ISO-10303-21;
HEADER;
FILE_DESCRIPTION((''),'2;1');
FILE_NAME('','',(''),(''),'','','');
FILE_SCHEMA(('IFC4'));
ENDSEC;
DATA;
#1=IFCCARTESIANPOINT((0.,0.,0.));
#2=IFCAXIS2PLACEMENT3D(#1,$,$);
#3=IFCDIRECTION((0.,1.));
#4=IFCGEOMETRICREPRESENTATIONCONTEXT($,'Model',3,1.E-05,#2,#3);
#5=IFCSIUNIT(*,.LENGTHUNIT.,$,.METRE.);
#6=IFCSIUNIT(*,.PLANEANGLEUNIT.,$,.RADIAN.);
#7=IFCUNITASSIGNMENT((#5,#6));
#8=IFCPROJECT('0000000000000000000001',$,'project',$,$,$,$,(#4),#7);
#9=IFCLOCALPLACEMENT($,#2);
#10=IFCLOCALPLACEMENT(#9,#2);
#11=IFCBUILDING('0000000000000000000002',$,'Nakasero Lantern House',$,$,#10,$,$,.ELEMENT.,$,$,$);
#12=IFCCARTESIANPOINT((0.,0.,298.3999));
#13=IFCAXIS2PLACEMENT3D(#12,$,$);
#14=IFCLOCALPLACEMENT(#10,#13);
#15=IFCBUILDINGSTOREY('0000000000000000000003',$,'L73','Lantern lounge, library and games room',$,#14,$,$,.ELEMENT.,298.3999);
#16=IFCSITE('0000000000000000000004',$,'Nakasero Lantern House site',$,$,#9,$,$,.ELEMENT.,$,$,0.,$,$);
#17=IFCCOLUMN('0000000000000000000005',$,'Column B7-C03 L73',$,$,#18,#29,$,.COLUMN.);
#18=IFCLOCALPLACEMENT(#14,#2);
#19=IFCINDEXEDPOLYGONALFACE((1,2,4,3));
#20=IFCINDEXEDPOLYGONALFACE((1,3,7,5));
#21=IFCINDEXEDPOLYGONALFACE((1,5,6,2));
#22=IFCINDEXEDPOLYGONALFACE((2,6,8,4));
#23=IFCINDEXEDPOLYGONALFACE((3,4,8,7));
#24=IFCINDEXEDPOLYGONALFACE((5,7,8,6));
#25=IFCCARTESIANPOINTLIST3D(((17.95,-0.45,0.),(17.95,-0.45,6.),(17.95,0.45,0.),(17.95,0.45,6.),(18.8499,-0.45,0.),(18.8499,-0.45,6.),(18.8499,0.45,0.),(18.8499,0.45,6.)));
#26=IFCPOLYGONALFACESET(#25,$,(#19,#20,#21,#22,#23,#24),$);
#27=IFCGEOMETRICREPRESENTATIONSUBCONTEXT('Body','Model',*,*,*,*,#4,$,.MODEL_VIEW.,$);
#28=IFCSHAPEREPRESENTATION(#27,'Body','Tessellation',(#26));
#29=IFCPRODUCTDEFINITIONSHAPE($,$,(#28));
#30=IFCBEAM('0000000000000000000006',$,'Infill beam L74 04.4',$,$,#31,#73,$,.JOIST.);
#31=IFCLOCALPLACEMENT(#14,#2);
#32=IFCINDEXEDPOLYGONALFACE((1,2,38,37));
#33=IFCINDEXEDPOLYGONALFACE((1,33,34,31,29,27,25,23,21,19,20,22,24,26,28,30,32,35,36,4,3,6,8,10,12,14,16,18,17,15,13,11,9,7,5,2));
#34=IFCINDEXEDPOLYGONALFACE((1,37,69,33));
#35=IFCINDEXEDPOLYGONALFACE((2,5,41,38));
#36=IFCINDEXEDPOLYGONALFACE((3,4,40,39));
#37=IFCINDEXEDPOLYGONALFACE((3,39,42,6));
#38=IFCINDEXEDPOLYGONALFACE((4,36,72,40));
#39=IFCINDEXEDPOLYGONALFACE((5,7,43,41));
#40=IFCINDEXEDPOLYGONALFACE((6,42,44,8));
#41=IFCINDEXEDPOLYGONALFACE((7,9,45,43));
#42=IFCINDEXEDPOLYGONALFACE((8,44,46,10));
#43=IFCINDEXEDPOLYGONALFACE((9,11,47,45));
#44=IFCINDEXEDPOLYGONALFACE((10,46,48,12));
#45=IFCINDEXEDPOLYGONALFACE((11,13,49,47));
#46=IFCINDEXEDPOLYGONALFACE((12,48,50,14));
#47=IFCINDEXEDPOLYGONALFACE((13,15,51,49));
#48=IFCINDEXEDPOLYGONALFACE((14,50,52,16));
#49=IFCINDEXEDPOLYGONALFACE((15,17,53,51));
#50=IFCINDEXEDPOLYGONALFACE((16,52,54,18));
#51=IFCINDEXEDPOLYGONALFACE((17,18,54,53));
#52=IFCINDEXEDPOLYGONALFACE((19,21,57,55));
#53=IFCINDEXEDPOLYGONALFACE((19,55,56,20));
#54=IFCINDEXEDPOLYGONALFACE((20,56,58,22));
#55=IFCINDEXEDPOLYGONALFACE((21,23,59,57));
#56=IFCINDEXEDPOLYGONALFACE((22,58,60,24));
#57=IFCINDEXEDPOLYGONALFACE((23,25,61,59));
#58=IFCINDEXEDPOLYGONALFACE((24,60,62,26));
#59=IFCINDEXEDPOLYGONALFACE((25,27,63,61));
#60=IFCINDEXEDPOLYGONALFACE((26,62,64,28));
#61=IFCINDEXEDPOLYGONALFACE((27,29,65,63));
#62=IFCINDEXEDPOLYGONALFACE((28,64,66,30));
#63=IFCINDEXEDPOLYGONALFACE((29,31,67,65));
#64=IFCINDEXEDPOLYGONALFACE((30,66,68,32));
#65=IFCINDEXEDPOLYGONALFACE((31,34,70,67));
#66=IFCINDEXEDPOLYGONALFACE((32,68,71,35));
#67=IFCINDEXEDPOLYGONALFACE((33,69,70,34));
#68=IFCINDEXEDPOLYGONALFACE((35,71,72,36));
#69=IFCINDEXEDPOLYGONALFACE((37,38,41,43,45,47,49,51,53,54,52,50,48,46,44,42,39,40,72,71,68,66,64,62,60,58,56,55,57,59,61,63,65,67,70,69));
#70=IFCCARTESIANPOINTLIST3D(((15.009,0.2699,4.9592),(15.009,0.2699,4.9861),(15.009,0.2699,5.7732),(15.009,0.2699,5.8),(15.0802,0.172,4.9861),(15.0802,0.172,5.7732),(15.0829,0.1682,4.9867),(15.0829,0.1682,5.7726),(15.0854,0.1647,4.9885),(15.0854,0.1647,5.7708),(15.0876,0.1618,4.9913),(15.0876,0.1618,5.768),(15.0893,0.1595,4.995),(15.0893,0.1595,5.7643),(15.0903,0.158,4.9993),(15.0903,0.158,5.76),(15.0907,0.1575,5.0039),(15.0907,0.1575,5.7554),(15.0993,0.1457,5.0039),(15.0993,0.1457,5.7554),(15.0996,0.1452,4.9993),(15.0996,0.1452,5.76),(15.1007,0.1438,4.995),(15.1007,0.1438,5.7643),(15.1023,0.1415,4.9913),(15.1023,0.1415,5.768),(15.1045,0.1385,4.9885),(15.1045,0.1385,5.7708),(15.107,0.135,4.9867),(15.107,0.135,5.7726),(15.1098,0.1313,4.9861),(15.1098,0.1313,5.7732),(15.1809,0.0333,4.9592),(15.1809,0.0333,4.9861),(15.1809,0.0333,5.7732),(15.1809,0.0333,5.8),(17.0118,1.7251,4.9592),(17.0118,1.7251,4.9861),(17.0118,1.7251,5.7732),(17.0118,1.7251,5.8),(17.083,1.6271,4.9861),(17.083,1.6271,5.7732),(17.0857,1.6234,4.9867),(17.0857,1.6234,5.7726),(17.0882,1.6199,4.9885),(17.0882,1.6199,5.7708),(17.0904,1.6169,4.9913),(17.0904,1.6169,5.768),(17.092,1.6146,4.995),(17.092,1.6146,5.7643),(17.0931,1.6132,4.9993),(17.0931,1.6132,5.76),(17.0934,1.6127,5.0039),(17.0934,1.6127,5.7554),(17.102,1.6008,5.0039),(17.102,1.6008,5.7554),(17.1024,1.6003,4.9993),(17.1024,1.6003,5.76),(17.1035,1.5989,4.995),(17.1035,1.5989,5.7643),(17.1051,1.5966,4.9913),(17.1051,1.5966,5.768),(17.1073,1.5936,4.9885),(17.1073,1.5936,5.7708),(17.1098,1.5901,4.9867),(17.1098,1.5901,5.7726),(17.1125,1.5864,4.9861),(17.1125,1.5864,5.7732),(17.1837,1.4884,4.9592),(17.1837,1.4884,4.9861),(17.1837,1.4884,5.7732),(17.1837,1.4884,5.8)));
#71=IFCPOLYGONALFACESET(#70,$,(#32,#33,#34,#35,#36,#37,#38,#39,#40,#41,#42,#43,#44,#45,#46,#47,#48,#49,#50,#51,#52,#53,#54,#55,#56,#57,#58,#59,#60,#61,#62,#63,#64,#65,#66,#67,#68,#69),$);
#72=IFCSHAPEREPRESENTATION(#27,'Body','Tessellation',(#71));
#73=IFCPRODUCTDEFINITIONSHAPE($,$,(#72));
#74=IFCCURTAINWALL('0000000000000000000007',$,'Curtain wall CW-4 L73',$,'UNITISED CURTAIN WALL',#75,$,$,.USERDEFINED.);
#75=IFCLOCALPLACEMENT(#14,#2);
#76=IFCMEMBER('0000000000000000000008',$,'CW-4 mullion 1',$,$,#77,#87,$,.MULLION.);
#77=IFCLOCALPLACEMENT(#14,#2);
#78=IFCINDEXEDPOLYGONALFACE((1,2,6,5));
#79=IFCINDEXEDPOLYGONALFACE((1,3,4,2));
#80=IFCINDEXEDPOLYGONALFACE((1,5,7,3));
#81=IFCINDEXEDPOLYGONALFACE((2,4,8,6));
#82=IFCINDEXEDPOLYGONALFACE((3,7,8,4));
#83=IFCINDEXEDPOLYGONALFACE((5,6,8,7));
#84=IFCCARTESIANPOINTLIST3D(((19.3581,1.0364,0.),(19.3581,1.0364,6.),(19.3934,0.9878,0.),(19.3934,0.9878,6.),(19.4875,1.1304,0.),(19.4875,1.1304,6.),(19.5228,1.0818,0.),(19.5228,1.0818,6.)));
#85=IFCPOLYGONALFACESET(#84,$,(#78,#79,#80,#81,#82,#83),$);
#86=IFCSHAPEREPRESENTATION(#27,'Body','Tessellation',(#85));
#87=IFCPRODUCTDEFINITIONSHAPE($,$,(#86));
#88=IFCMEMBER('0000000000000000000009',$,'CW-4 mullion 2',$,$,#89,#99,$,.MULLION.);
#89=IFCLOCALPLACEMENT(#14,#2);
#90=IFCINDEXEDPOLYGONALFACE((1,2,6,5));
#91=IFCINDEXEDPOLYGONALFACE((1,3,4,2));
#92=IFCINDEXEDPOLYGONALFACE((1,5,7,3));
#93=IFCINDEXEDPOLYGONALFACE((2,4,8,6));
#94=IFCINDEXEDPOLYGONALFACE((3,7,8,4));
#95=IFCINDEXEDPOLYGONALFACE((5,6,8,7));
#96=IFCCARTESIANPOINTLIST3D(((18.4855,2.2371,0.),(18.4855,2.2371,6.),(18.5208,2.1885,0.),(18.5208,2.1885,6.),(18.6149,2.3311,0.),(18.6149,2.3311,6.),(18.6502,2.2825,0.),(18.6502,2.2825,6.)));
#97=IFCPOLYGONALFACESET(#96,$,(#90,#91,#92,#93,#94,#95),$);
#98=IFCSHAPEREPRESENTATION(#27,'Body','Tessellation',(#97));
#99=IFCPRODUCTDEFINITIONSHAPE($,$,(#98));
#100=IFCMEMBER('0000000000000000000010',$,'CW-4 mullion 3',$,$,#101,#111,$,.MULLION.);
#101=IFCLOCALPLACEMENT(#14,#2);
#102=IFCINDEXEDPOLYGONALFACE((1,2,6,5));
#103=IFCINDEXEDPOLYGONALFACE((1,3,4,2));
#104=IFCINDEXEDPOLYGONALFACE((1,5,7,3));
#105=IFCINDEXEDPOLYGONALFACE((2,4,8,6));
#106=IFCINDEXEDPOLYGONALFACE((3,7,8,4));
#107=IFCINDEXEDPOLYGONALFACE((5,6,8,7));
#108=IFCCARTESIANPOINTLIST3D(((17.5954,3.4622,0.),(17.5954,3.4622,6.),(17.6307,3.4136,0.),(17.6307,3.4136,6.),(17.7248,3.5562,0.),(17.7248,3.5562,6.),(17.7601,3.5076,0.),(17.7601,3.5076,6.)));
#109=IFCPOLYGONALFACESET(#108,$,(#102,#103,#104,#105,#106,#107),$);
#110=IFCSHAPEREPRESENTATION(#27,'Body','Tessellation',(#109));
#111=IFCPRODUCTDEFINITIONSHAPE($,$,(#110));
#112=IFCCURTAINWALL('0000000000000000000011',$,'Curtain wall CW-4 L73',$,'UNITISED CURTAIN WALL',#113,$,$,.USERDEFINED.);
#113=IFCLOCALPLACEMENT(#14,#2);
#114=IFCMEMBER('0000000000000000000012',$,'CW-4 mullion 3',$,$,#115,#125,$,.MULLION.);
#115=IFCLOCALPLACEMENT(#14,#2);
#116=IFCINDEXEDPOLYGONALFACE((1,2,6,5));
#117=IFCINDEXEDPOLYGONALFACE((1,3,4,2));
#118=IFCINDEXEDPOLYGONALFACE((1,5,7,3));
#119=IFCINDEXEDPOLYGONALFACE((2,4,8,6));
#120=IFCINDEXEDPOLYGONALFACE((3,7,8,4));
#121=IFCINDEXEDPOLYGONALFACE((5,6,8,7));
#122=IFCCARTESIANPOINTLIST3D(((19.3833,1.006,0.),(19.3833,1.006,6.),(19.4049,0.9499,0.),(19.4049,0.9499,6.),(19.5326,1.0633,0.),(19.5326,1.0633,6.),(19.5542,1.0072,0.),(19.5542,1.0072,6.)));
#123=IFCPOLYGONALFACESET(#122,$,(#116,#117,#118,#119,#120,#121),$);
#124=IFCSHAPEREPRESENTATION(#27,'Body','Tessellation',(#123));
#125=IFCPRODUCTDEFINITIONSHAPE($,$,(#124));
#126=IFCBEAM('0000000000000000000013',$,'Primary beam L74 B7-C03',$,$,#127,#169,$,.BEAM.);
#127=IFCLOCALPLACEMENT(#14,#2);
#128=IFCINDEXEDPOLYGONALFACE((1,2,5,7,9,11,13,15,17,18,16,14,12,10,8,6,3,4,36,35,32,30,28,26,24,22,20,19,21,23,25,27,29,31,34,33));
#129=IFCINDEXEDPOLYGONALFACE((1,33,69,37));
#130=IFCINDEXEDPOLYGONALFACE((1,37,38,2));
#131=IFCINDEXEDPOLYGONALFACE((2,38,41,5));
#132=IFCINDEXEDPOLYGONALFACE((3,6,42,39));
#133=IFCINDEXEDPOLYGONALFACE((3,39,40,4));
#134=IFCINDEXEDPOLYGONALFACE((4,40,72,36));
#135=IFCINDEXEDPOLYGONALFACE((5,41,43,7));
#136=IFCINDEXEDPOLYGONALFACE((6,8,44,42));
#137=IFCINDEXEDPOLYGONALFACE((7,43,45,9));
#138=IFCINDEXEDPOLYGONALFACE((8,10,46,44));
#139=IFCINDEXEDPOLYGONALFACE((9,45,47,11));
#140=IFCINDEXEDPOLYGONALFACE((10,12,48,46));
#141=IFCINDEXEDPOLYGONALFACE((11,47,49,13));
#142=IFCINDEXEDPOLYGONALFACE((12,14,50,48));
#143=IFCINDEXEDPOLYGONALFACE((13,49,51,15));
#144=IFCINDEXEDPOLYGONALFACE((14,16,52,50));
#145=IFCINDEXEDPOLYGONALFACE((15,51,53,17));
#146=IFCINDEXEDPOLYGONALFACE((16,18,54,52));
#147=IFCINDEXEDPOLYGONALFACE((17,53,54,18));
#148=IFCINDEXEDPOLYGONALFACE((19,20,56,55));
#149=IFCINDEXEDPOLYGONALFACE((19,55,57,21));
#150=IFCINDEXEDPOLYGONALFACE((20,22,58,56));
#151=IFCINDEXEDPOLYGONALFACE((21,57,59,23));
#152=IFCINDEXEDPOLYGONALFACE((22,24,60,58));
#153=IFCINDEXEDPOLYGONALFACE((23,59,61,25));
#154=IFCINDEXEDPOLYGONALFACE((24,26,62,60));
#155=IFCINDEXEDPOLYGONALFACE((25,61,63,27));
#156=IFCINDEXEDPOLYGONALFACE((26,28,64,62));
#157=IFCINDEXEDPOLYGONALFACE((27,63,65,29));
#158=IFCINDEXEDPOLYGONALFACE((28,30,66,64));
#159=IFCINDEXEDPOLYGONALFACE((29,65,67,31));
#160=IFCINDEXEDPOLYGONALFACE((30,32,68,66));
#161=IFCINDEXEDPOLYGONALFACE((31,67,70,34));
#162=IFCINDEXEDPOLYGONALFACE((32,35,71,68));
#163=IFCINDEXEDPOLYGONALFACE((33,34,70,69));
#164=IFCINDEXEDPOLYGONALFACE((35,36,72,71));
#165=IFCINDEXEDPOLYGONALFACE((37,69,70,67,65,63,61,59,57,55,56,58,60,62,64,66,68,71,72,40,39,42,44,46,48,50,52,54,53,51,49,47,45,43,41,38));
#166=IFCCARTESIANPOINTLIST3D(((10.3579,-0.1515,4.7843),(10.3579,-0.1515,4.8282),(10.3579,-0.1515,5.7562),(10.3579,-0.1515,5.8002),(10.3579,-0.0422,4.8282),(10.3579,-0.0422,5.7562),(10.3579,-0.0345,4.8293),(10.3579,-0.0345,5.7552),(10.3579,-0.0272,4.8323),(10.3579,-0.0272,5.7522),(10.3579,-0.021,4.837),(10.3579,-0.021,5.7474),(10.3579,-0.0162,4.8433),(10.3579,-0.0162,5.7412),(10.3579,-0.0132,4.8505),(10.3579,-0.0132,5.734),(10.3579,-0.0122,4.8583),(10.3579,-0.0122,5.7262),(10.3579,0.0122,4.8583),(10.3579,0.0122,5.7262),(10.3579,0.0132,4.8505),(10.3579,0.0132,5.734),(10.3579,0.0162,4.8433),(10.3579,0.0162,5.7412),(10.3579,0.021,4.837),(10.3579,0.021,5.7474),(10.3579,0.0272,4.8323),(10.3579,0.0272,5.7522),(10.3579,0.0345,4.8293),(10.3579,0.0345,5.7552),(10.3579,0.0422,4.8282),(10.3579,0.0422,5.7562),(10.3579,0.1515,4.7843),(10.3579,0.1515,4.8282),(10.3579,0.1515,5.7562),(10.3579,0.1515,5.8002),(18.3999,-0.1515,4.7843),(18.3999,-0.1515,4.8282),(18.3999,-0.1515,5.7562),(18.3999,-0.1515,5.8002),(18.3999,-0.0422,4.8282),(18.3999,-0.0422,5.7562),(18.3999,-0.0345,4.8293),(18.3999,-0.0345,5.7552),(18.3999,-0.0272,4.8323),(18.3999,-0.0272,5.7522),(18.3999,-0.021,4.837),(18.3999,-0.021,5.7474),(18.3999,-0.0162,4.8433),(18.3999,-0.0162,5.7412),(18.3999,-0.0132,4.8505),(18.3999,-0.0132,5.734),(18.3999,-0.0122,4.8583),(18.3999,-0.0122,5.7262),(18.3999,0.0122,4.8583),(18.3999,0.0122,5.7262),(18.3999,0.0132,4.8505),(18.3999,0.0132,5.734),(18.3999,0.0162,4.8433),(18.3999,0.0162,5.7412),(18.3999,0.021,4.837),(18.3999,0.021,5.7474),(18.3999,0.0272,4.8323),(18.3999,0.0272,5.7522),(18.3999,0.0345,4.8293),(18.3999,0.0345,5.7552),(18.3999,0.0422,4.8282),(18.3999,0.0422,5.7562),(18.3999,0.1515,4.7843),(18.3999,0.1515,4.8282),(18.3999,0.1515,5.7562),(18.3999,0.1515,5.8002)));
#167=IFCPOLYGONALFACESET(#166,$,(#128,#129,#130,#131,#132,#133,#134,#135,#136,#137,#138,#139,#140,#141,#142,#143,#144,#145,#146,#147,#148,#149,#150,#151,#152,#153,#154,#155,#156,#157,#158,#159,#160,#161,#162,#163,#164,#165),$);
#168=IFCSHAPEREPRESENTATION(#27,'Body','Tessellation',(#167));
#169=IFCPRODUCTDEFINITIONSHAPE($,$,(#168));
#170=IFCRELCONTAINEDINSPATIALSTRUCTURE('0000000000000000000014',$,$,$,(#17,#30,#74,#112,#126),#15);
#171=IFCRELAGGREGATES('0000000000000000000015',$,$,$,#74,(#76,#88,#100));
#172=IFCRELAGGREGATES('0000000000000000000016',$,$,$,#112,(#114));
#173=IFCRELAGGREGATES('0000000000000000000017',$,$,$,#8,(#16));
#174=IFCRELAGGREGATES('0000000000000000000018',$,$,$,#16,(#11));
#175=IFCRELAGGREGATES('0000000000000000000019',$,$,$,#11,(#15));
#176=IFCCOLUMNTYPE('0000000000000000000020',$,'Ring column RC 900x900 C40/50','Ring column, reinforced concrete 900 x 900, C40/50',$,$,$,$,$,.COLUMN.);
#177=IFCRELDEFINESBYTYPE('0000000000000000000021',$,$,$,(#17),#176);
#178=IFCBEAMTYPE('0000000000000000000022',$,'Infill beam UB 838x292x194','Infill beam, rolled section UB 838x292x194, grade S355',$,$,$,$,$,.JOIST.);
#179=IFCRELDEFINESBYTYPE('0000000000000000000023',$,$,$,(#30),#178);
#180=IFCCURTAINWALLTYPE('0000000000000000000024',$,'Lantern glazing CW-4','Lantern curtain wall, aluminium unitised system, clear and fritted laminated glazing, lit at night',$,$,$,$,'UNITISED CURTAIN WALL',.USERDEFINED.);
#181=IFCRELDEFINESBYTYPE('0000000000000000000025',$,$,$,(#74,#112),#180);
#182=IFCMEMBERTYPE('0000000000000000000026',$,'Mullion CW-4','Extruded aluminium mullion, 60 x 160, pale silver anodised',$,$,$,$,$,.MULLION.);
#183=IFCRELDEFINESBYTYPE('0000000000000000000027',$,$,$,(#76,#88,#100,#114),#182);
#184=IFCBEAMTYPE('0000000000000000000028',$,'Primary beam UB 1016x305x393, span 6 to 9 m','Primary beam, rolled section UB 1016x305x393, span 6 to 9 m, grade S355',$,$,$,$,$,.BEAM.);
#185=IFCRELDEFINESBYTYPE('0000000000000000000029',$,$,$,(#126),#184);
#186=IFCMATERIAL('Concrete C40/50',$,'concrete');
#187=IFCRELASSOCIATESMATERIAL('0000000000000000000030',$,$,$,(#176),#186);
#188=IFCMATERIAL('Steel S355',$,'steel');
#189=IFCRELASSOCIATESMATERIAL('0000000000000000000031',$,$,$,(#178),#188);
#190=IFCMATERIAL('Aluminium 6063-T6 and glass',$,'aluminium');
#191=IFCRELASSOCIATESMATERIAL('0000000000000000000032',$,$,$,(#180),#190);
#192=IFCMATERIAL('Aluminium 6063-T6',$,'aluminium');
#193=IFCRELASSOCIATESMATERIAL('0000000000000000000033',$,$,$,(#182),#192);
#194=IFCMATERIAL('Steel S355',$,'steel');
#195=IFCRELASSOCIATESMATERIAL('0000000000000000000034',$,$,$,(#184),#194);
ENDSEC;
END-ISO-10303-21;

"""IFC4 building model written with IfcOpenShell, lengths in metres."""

from ifc_helpers import new_model, si_unit, direction, frame, origin, origin_2d, place, context, subcontext, project, spatial, rectangle, i_section, extrude, material, material_profile, profile_set, type_object, element, aggregate, save


model = new_model("IFC4")

# Units and contexts
model_context = context("Model", 3, precision=1e-05, world=origin(), true_north=direction((0.0, 1.0)))
body_context = subcontext(model_context, "Body", "Model", "MODEL_VIEW")
ifc_project = project(units=[si_unit("LENGTHUNIT", "METRE"), si_unit("PLANEANGLEUNIT", "RADIAN")], contexts=[model_context])

# Site, building, storey
site_placement = place(None, origin())
site = spatial("IfcSite", under=ifc_project, at=site_placement, Name="Nakasero Lantern House site", CompositionType="ELEMENT", RefElevation=0.0)
building_placement = place(site_placement, origin())
building = spatial("IfcBuilding", under=site, at=building_placement, Name="Nakasero Lantern House", CompositionType="ELEMENT")
storey_placement = place(building_placement, frame((0.0, 0.0, 298.3999)))
storey = spatial("IfcBuildingStorey", under=building, at=storey_placement, Name="L73", Description="Lantern lounge, library and games room", CompositionType="ELEMENT", Elevation=298.3999)

# Column
ifc_material_1 = material(Name="Concrete C40/50", Category="concrete")
ifc_material_profile_1 = material_profile(ifc_material_1, rectangle(XDim=0.8999, YDim=0.8999, at=origin_2d()), Name="RC 900x900")
ifc_profile_set_1 = profile_set([ifc_material_profile_1], Name="Concrete C40/50")
column_type = type_object("IfcColumnType", Name="Ring column RC 900x900 C40/50", Description="Ring column, reinforced concrete 900 x 900, C40/50", PredefinedType="COLUMN", material=ifc_profile_set_1)
column_placement = place(storey_placement, frame((18.3999, 0.0, 0.0), z_axis=(0.0, 0.0, 1.0), x_axis=(1.0, 0.0, 0.0)))
element("IfcColumn", 1, at=column_placement, inside=storey, type_object=column_type, Name="Column B7-C03 L73", PredefinedType="COLUMN", context=body_context, shape_type="SweptSolid", body=[
    extrude(rectangle(XDim=0.8999, YDim=0.8999, at=origin_2d()), origin(), (0.0, 0.0, 1.0), 6.0),
])

# Beam
ifc_material_2 = material(Name="Steel S355", Category="steel")
ifc_material_profile_2 = material_profile(ifc_material_2, i_section(OverallWidth=0.2925, OverallDepth=0.8408, WebThickness=0.0146, FlangeThickness=0.0269, FilletRadius=0.0178, at=origin_2d()), Name="UB 838x292x194")
ifc_profile_set_2 = profile_set([ifc_material_profile_2], Name="Steel S355")
beam_type_1 = type_object("IfcBeamType", Name="Infill beam UB 838x292x194", Description="Infill beam, rolled section UB 838x292x194, grade S355", PredefinedType="JOIST", material=ifc_profile_set_2)
beam_1_placement = place(storey_placement, frame((15.095, 0.1516, 5.3796), z_axis=(0.809009, 0.587796, 0.0), x_axis=(-0.587796, 0.809009, 0.0)))
element("IfcBeam", 2, at=beam_1_placement, inside=storey, type_object=beam_type_1, Name="Infill beam L74 04.4", PredefinedType="JOIST", context=body_context, shape_type="SweptSolid", body=[
    extrude(i_section(OverallWidth=0.2925, OverallDepth=0.8408, WebThickness=0.0146, FlangeThickness=0.0269, FilletRadius=0.0178, at=origin_2d()), origin(), (0.0, 0.0, 1.0), 2.4756),
])

# Curtain wall, members
ifc_material_3 = material(Name="Aluminium 6063-T6 and glass", Category="aluminium")
curtain_wall_type = type_object("IfcCurtainWallType", Name="Lantern glazing CW-4", Description="Lantern curtain wall, aluminium unitised system, clear and fritted laminated glazing, lit at night", ElementType="UNITISED CURTAIN WALL", PredefinedType="USERDEFINED", material=ifc_material_3)
curtain_wall_1_placement = place(storey_placement, origin())
curtain_wall_1 = element("IfcCurtainWall", 3, at=curtain_wall_1_placement, inside=storey, type_object=curtain_wall_type, Name="Curtain wall CW-4 L73", ObjectType="UNITISED CURTAIN WALL", PredefinedType="USERDEFINED")
ifc_material_4 = material(Name="Aluminium 6063-T6", Category="aluminium")
ifc_material_profile_3 = material_profile(ifc_material_4, rectangle(XDim=0.0601, YDim=0.1599, at=origin_2d()), Name="CW-4 mullion 60x160")
ifc_profile_set_3 = profile_set([ifc_material_profile_3], Name="Aluminium 6063-T6")
member_type_1 = type_object("IfcMemberType", Name="Mullion CW-4", Description="Extruded aluminium mullion, 60 x 160, pale silver anodised", PredefinedType="MULLION", material=ifc_profile_set_3)
member_1_placement = place(storey_placement, frame((19.4404, 1.0591, 0.0), z_axis=(0.0, 0.0, 1.0), x_axis=(-0.587785, 0.809017, 0.0)))
member_1 = element("IfcMember", 4, at=member_1_placement, type_object=member_type_1, Name="CW-4 mullion 1", PredefinedType="MULLION", context=body_context, shape_type="SweptSolid", body=[
    extrude(rectangle(XDim=0.0601, YDim=0.1599, at=origin_2d()), origin(), (0.0, 0.0, 1.0), 6.0),
])
member_2_placement = place(storey_placement, frame((18.5679, 2.2598, 0.0), z_axis=(0.0, 0.0, 1.0), x_axis=(-0.587785, 0.809017, 0.0)))
member_2 = element("IfcMember", 5, at=member_2_placement, type_object=member_type_1, Name="CW-4 mullion 2", PredefinedType="MULLION", context=body_context, shape_type="SweptSolid", body=[
    extrude(rectangle(XDim=0.0601, YDim=0.1599, at=origin_2d()), origin(), (0.0, 0.0, 1.0), 6.0),
])
member_3_placement = place(storey_placement, frame((17.6777, 3.4849, 0.0), z_axis=(0.0, 0.0, 1.0), x_axis=(-0.587785, 0.809017, 0.0)))
member_3 = element("IfcMember", 6, at=member_3_placement, type_object=member_type_1, Name="CW-4 mullion 3", PredefinedType="MULLION", context=body_context, shape_type="SweptSolid", body=[
    extrude(rectangle(XDim=0.0601, YDim=0.1599, at=origin_2d()), origin(), (0.0, 0.0, 1.0), 6.0),
])

# Curtain wall, member
curtain_wall_2_placement = place(storey_placement, origin())
curtain_wall_2 = element("IfcCurtainWall", 7, at=curtain_wall_2_placement, inside=storey, type_object=curtain_wall_type, Name="Curtain wall CW-4 L73", ObjectType="UNITISED CURTAIN WALL", PredefinedType="USERDEFINED")
member_4_placement = place(storey_placement, frame((19.4688, 1.0066, 0.0), z_axis=(0.0, 0.0, 1.0), x_axis=(-0.358368, 0.93358, 0.0)))
member_4 = element("IfcMember", 8, at=member_4_placement, type_object=member_type_1, Name="CW-4 mullion 3", PredefinedType="MULLION", context=body_context, shape_type="SweptSolid", body=[
    extrude(rectangle(XDim=0.0601, YDim=0.1599, at=origin_2d()), origin(), (0.0, 0.0, 1.0), 6.0),
])

# Beam
ifc_material_5 = material(Name="Steel S355", Category="steel")
ifc_material_profile_4 = material_profile(ifc_material_5, i_section(OverallWidth=0.303, OverallDepth=1.0159, WebThickness=0.0244, FlangeThickness=0.0439, FilletRadius=0.03, at=origin_2d()), Name="UB 1016x305x393")
ifc_profile_set_4 = profile_set([ifc_material_profile_4], Name="Steel S355")
beam_type_2 = type_object("IfcBeamType", Name="Primary beam UB 1016x305x393, span 6 to 9 m", Description="Primary beam, rolled section UB 1016x305x393, span 6 to 9 m, grade S355", PredefinedType="BEAM", material=ifc_profile_set_4)
beam_2_placement = place(storey_placement, frame((18.3999, 0.0, 5.2922), z_axis=(-1.0, 0.0, 0.0), x_axis=(0.0, -1.0, 0.0)))
element("IfcBeam", 9, at=beam_2_placement, inside=storey, type_object=beam_type_2, Name="Primary beam L74 B7-C03", PredefinedType="BEAM", context=body_context, shape_type="SweptSolid", body=[
    extrude(i_section(OverallWidth=0.303, OverallDepth=1.0159, WebThickness=0.0244, FlangeThickness=0.0439, FilletRadius=0.03, at=origin_2d()), origin(), (0.0, 0.0, 1.0), 8.042),
])

aggregate(curtain_wall_1, [member_1, member_2, member_3])
aggregate(curtain_wall_2, [member_4])

save(model, "model.ifc")
